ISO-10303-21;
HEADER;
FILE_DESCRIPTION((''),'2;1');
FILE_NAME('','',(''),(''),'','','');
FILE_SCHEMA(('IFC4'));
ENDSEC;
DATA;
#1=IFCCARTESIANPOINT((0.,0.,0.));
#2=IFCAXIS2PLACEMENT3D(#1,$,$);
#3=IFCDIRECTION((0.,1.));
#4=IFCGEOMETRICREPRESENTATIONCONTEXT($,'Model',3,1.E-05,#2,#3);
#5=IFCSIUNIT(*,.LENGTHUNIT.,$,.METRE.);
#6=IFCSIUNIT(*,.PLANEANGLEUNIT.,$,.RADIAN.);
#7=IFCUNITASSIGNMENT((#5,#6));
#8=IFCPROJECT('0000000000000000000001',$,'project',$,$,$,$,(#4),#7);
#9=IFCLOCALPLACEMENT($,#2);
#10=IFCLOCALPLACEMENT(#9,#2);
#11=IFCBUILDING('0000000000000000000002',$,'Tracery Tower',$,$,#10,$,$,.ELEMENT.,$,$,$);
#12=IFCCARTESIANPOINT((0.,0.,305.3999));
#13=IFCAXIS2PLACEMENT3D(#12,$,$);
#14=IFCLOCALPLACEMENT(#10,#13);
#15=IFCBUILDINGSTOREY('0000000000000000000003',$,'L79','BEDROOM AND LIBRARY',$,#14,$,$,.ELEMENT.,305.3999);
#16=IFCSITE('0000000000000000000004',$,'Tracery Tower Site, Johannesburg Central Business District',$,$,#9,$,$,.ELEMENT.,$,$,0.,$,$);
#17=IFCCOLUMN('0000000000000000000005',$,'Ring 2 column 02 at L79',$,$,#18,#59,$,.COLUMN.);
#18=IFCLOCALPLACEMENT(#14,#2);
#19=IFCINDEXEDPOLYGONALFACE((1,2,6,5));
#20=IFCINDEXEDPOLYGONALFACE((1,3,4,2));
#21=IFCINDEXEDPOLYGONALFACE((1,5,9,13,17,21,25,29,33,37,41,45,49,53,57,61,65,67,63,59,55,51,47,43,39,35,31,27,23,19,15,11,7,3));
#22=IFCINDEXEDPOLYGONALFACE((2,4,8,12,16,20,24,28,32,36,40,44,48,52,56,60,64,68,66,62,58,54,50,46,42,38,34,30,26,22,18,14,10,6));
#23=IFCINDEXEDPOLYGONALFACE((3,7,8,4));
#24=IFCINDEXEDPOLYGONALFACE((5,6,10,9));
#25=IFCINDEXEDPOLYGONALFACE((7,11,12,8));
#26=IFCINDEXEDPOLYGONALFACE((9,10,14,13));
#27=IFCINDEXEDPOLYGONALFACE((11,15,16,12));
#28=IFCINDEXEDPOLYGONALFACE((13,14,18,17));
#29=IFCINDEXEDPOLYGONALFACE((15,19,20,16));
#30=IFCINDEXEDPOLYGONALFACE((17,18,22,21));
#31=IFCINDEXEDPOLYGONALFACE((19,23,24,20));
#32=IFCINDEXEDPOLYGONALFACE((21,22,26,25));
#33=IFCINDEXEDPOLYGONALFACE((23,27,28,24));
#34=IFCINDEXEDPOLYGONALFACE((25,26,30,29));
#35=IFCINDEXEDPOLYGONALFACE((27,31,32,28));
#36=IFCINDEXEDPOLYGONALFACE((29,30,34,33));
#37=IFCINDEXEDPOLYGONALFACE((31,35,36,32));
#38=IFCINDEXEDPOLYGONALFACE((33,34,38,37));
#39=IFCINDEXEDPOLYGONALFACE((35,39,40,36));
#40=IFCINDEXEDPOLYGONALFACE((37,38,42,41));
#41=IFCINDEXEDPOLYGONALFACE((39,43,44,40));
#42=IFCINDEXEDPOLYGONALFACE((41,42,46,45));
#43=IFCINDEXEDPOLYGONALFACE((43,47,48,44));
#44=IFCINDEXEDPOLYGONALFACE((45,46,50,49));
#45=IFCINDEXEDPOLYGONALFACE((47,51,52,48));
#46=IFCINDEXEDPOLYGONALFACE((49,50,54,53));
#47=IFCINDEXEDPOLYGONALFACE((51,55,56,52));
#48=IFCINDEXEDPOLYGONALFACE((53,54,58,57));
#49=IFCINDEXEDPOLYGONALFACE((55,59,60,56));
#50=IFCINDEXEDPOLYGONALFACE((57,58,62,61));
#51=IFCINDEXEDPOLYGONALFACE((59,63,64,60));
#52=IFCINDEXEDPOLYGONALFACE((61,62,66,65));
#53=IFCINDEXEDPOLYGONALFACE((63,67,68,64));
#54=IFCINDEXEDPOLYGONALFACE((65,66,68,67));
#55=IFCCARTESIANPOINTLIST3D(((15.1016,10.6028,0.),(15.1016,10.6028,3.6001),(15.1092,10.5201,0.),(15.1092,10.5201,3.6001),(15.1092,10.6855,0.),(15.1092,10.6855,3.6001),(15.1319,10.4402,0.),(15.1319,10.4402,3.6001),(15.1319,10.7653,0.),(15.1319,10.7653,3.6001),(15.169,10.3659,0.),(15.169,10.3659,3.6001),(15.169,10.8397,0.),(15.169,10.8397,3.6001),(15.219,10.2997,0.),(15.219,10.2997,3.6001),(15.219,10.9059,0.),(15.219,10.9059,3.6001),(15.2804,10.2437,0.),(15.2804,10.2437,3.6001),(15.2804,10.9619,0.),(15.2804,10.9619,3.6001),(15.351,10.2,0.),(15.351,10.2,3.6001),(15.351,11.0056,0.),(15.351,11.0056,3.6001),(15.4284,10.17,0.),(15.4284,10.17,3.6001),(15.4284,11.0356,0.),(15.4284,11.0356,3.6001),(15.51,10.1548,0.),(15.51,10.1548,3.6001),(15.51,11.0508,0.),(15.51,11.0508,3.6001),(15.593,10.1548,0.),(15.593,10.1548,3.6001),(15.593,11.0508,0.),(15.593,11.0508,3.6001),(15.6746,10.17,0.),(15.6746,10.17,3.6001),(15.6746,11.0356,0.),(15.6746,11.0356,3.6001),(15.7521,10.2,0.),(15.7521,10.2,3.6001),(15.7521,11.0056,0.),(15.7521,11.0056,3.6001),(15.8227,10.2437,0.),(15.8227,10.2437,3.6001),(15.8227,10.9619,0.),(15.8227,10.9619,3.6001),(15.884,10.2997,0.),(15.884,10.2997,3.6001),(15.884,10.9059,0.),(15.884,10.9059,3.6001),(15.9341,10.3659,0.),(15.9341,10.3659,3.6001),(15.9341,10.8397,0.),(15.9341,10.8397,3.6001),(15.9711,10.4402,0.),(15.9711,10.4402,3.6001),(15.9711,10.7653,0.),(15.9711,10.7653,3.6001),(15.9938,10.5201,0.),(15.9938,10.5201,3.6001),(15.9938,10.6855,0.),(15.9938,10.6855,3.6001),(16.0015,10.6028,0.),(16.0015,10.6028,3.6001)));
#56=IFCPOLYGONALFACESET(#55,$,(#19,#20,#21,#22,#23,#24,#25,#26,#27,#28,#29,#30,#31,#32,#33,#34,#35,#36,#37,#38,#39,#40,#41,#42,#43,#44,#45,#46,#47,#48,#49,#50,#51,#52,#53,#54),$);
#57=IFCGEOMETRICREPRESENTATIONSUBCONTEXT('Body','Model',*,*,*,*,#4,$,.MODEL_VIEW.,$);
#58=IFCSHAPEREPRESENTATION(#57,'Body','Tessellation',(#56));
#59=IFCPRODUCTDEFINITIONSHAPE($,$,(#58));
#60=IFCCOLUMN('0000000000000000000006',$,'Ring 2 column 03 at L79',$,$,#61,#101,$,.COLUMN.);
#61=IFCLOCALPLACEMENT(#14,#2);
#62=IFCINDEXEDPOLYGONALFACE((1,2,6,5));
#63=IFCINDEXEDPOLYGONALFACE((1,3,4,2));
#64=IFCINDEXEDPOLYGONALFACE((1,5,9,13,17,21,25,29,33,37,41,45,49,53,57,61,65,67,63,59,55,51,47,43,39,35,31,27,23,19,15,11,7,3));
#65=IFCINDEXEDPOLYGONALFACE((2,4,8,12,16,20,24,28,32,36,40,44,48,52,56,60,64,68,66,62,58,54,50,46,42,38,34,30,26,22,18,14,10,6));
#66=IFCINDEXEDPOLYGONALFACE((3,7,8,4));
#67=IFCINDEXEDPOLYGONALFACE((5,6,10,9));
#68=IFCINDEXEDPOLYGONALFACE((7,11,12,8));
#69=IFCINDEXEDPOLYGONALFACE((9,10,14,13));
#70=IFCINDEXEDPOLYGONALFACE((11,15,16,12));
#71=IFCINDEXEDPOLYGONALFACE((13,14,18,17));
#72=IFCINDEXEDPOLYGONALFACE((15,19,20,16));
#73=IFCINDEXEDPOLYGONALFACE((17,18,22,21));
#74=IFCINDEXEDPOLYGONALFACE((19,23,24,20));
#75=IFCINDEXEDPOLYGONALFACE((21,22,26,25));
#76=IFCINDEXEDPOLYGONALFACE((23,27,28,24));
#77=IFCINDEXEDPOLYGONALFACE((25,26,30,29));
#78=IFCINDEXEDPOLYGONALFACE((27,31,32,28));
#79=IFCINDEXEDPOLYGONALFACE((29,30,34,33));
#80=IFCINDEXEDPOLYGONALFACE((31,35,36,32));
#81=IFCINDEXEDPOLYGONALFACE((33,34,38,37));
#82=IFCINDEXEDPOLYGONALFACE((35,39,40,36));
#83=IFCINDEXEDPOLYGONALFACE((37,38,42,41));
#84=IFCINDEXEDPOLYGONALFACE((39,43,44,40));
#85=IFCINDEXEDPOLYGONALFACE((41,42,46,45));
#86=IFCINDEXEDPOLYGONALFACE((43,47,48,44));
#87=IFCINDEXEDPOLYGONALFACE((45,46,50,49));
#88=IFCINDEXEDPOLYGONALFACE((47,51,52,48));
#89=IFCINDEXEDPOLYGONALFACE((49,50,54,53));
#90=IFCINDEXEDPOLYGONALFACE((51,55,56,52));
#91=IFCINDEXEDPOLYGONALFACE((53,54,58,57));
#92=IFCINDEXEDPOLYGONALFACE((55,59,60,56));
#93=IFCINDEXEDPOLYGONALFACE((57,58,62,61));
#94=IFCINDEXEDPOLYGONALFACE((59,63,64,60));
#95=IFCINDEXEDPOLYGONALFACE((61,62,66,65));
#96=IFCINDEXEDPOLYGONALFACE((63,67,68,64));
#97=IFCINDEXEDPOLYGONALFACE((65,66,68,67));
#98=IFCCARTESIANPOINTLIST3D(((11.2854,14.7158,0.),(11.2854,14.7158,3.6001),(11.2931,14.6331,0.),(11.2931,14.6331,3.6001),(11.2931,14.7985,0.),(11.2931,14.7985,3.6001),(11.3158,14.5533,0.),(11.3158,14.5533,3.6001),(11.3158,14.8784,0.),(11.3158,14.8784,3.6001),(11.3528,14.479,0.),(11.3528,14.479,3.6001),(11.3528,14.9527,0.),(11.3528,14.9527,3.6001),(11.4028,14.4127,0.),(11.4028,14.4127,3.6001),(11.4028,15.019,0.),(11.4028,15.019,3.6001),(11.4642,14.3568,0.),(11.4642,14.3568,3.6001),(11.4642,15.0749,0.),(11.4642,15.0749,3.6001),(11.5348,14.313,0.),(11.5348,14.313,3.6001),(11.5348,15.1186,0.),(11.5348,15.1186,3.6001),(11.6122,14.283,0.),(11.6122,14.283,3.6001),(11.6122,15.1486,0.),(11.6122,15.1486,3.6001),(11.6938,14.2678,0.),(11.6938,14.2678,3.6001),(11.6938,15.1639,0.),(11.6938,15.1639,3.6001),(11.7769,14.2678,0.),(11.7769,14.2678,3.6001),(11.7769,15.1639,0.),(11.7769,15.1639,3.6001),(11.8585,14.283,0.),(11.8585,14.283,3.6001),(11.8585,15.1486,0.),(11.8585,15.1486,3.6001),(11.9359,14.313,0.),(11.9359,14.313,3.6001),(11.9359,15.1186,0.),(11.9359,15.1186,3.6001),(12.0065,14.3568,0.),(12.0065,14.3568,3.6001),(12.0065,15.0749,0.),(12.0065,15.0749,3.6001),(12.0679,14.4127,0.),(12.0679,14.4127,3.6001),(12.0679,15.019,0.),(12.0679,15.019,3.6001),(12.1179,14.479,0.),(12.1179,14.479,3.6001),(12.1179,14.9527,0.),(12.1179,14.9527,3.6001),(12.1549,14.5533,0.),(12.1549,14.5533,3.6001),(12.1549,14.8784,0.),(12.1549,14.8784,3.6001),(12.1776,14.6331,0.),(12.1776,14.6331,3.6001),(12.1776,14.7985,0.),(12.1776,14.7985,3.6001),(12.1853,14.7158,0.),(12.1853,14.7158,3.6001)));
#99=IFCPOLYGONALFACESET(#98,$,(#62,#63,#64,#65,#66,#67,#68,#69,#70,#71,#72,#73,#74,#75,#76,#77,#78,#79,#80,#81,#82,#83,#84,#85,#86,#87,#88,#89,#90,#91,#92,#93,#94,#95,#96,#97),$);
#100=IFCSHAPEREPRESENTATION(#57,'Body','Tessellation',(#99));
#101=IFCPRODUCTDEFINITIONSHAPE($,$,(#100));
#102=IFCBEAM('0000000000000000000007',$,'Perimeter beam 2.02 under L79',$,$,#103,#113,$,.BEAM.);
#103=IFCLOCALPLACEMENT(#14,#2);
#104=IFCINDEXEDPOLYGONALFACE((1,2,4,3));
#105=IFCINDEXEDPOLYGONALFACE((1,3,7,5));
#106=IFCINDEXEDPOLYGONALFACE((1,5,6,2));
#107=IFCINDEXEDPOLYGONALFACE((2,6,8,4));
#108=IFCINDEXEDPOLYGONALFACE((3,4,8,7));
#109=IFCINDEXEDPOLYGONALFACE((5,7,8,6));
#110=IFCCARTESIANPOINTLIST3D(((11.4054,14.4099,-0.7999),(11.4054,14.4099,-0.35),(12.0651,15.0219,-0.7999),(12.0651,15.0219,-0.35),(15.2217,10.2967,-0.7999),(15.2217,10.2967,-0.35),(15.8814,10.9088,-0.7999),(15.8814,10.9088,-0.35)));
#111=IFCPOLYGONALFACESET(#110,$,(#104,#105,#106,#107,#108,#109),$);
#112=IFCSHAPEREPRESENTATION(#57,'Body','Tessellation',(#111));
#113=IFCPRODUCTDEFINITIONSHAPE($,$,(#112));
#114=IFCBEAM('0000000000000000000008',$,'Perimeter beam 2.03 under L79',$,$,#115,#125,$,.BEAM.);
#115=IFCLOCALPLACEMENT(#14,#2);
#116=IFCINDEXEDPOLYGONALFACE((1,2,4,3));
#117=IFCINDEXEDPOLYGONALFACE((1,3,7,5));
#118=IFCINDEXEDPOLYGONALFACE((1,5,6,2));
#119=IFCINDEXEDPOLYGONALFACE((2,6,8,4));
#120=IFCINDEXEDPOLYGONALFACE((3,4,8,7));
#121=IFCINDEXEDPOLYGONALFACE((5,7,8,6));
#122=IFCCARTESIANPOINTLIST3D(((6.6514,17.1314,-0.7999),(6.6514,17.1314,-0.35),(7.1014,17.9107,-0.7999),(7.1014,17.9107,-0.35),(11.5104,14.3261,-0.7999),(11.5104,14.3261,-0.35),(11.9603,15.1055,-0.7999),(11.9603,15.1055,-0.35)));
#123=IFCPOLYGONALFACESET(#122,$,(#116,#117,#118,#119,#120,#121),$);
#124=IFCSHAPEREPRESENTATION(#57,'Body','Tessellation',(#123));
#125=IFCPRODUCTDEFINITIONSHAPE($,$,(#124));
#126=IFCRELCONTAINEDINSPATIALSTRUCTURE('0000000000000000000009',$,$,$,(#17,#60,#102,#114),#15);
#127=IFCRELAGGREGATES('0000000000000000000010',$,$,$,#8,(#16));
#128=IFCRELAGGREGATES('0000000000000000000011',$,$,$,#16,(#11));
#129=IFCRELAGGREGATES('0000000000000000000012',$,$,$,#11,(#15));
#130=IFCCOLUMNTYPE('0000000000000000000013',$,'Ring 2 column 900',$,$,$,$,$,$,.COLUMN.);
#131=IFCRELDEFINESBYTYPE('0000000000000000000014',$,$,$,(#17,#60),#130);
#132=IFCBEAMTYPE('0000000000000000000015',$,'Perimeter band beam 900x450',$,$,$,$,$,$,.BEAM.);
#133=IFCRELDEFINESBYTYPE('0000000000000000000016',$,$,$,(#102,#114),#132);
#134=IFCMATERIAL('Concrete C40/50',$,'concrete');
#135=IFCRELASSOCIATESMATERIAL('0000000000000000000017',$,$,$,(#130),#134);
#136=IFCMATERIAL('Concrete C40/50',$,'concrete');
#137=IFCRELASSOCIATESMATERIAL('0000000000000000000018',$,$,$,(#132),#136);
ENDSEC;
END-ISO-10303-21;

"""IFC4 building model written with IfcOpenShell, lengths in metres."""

from ifc_helpers import new_model, si_unit, direction, frame, origin, origin_2d, place, context, subcontext, project, spatial, rectangle, circle, extrude, material, material_profile, profile_set, type_object, element, save


model = new_model("IFC4")

# Units and contexts
model_context = context("Model", 3, precision=1e-05, world=origin(), true_north=direction((0.0, 1.0)))
body_context = subcontext(model_context, "Body", "Model", "MODEL_VIEW")
ifc_project = project(units=[si_unit("LENGTHUNIT", "METRE"), si_unit("PLANEANGLEUNIT", "RADIAN")], contexts=[model_context])

# Site, building, storey
site_placement = place(None, origin())
site = spatial("IfcSite", under=ifc_project, at=site_placement, Name="Tracery Tower Site, Johannesburg Central Business District", CompositionType="ELEMENT", RefElevation=0.0)
building_placement = place(site_placement, origin())
building = spatial("IfcBuilding", under=site, at=building_placement, Name="Tracery Tower", CompositionType="ELEMENT")
storey_placement = place(building_placement, frame((0.0, 0.0, 305.3999)))
storey = spatial("IfcBuildingStorey", under=building, at=storey_placement, Name="L79", Description="BEDROOM AND LIBRARY", CompositionType="ELEMENT", Elevation=305.3999)

# Columns
ifc_material_1 = material(Name="Concrete C40/50", Category="concrete")
ifc_material_profile_1 = material_profile(ifc_material_1, circle(Radius=0.45, at=origin_2d()), Name="RC D900")
ifc_profile_set_1 = profile_set([ifc_material_profile_1], Name="Concrete C40/50")
column_type = type_object("IfcColumnType", Name="Ring 2 column 900", PredefinedType="COLUMN", material=ifc_profile_set_1)
for number, where, z_axis, x_axis, name in (
    (1, (15.5515, 10.6028, 0.0), (0.0, 0.0, 1.0), (1.0, 0.0, 0.0), "Ring 2 column 02 at L79"),
    (2, (11.7354, 14.7158, 0.0), (0.0, 0.0, 1.0), (1.0, 0.0, 0.0), "Ring 2 column 03 at L79"),
):
    element("IfcColumn", number, at=place(storey_placement, frame(where, z_axis=z_axis, x_axis=x_axis)), inside=storey, type_object=column_type, Name=name, PredefinedType="COLUMN", context=body_context, shape_type="SweptSolid", body=[
        extrude(circle(Radius=0.45, at=origin_2d()), origin(), (0.0, 0.0, 1.0), 3.6001),
    ])

# Beams
ifc_material_2 = material(Name="Concrete C40/50", Category="concrete")
ifc_material_profile_2 = material_profile(ifc_material_2, rectangle(XDim=0.8999, YDim=0.45, at=origin_2d()), Name="RC 900x450")
ifc_profile_set_2 = profile_set([ifc_material_profile_2], Name="Concrete C40/50")
beam_type = type_object("IfcBeamType", Name="Perimeter band beam 900x450", PredefinedType="BEAM", material=ifc_profile_set_2)
beam_1_placement = place(storey_placement, frame((15.5515, 10.6028, -0.575), z_axis=(-0.680156, 0.733068, 0.0), x_axis=(-0.733068, -0.680156, 0.0)))
element("IfcBeam", 3, at=beam_1_placement, inside=storey, type_object=beam_type, Name="Perimeter beam 2.02 under L79", PredefinedType="BEAM", context=body_context, shape_type="SweptSolid", body=[
    extrude(rectangle(XDim=0.8999, YDim=0.45, at=origin_2d()), origin(), (0.0, 0.0, 1.0), 5.6108),
])
beam_2_placement = place(storey_placement, frame((11.7354, 14.7158, -0.575), z_axis=(-0.866033, 0.499986, 0.0), x_axis=(-0.499986, -0.866033, 0.0)))
element("IfcBeam", 4, at=beam_2_placement, inside=storey, type_object=beam_type, Name="Perimeter beam 2.03 under L79", PredefinedType="BEAM", context=body_context, shape_type="SweptSolid", body=[
    extrude(rectangle(XDim=0.8999, YDim=0.45, at=origin_2d()), origin(), (0.0, 0.0, 1.0), 5.6106),
])

save(model, "model.ifc")
